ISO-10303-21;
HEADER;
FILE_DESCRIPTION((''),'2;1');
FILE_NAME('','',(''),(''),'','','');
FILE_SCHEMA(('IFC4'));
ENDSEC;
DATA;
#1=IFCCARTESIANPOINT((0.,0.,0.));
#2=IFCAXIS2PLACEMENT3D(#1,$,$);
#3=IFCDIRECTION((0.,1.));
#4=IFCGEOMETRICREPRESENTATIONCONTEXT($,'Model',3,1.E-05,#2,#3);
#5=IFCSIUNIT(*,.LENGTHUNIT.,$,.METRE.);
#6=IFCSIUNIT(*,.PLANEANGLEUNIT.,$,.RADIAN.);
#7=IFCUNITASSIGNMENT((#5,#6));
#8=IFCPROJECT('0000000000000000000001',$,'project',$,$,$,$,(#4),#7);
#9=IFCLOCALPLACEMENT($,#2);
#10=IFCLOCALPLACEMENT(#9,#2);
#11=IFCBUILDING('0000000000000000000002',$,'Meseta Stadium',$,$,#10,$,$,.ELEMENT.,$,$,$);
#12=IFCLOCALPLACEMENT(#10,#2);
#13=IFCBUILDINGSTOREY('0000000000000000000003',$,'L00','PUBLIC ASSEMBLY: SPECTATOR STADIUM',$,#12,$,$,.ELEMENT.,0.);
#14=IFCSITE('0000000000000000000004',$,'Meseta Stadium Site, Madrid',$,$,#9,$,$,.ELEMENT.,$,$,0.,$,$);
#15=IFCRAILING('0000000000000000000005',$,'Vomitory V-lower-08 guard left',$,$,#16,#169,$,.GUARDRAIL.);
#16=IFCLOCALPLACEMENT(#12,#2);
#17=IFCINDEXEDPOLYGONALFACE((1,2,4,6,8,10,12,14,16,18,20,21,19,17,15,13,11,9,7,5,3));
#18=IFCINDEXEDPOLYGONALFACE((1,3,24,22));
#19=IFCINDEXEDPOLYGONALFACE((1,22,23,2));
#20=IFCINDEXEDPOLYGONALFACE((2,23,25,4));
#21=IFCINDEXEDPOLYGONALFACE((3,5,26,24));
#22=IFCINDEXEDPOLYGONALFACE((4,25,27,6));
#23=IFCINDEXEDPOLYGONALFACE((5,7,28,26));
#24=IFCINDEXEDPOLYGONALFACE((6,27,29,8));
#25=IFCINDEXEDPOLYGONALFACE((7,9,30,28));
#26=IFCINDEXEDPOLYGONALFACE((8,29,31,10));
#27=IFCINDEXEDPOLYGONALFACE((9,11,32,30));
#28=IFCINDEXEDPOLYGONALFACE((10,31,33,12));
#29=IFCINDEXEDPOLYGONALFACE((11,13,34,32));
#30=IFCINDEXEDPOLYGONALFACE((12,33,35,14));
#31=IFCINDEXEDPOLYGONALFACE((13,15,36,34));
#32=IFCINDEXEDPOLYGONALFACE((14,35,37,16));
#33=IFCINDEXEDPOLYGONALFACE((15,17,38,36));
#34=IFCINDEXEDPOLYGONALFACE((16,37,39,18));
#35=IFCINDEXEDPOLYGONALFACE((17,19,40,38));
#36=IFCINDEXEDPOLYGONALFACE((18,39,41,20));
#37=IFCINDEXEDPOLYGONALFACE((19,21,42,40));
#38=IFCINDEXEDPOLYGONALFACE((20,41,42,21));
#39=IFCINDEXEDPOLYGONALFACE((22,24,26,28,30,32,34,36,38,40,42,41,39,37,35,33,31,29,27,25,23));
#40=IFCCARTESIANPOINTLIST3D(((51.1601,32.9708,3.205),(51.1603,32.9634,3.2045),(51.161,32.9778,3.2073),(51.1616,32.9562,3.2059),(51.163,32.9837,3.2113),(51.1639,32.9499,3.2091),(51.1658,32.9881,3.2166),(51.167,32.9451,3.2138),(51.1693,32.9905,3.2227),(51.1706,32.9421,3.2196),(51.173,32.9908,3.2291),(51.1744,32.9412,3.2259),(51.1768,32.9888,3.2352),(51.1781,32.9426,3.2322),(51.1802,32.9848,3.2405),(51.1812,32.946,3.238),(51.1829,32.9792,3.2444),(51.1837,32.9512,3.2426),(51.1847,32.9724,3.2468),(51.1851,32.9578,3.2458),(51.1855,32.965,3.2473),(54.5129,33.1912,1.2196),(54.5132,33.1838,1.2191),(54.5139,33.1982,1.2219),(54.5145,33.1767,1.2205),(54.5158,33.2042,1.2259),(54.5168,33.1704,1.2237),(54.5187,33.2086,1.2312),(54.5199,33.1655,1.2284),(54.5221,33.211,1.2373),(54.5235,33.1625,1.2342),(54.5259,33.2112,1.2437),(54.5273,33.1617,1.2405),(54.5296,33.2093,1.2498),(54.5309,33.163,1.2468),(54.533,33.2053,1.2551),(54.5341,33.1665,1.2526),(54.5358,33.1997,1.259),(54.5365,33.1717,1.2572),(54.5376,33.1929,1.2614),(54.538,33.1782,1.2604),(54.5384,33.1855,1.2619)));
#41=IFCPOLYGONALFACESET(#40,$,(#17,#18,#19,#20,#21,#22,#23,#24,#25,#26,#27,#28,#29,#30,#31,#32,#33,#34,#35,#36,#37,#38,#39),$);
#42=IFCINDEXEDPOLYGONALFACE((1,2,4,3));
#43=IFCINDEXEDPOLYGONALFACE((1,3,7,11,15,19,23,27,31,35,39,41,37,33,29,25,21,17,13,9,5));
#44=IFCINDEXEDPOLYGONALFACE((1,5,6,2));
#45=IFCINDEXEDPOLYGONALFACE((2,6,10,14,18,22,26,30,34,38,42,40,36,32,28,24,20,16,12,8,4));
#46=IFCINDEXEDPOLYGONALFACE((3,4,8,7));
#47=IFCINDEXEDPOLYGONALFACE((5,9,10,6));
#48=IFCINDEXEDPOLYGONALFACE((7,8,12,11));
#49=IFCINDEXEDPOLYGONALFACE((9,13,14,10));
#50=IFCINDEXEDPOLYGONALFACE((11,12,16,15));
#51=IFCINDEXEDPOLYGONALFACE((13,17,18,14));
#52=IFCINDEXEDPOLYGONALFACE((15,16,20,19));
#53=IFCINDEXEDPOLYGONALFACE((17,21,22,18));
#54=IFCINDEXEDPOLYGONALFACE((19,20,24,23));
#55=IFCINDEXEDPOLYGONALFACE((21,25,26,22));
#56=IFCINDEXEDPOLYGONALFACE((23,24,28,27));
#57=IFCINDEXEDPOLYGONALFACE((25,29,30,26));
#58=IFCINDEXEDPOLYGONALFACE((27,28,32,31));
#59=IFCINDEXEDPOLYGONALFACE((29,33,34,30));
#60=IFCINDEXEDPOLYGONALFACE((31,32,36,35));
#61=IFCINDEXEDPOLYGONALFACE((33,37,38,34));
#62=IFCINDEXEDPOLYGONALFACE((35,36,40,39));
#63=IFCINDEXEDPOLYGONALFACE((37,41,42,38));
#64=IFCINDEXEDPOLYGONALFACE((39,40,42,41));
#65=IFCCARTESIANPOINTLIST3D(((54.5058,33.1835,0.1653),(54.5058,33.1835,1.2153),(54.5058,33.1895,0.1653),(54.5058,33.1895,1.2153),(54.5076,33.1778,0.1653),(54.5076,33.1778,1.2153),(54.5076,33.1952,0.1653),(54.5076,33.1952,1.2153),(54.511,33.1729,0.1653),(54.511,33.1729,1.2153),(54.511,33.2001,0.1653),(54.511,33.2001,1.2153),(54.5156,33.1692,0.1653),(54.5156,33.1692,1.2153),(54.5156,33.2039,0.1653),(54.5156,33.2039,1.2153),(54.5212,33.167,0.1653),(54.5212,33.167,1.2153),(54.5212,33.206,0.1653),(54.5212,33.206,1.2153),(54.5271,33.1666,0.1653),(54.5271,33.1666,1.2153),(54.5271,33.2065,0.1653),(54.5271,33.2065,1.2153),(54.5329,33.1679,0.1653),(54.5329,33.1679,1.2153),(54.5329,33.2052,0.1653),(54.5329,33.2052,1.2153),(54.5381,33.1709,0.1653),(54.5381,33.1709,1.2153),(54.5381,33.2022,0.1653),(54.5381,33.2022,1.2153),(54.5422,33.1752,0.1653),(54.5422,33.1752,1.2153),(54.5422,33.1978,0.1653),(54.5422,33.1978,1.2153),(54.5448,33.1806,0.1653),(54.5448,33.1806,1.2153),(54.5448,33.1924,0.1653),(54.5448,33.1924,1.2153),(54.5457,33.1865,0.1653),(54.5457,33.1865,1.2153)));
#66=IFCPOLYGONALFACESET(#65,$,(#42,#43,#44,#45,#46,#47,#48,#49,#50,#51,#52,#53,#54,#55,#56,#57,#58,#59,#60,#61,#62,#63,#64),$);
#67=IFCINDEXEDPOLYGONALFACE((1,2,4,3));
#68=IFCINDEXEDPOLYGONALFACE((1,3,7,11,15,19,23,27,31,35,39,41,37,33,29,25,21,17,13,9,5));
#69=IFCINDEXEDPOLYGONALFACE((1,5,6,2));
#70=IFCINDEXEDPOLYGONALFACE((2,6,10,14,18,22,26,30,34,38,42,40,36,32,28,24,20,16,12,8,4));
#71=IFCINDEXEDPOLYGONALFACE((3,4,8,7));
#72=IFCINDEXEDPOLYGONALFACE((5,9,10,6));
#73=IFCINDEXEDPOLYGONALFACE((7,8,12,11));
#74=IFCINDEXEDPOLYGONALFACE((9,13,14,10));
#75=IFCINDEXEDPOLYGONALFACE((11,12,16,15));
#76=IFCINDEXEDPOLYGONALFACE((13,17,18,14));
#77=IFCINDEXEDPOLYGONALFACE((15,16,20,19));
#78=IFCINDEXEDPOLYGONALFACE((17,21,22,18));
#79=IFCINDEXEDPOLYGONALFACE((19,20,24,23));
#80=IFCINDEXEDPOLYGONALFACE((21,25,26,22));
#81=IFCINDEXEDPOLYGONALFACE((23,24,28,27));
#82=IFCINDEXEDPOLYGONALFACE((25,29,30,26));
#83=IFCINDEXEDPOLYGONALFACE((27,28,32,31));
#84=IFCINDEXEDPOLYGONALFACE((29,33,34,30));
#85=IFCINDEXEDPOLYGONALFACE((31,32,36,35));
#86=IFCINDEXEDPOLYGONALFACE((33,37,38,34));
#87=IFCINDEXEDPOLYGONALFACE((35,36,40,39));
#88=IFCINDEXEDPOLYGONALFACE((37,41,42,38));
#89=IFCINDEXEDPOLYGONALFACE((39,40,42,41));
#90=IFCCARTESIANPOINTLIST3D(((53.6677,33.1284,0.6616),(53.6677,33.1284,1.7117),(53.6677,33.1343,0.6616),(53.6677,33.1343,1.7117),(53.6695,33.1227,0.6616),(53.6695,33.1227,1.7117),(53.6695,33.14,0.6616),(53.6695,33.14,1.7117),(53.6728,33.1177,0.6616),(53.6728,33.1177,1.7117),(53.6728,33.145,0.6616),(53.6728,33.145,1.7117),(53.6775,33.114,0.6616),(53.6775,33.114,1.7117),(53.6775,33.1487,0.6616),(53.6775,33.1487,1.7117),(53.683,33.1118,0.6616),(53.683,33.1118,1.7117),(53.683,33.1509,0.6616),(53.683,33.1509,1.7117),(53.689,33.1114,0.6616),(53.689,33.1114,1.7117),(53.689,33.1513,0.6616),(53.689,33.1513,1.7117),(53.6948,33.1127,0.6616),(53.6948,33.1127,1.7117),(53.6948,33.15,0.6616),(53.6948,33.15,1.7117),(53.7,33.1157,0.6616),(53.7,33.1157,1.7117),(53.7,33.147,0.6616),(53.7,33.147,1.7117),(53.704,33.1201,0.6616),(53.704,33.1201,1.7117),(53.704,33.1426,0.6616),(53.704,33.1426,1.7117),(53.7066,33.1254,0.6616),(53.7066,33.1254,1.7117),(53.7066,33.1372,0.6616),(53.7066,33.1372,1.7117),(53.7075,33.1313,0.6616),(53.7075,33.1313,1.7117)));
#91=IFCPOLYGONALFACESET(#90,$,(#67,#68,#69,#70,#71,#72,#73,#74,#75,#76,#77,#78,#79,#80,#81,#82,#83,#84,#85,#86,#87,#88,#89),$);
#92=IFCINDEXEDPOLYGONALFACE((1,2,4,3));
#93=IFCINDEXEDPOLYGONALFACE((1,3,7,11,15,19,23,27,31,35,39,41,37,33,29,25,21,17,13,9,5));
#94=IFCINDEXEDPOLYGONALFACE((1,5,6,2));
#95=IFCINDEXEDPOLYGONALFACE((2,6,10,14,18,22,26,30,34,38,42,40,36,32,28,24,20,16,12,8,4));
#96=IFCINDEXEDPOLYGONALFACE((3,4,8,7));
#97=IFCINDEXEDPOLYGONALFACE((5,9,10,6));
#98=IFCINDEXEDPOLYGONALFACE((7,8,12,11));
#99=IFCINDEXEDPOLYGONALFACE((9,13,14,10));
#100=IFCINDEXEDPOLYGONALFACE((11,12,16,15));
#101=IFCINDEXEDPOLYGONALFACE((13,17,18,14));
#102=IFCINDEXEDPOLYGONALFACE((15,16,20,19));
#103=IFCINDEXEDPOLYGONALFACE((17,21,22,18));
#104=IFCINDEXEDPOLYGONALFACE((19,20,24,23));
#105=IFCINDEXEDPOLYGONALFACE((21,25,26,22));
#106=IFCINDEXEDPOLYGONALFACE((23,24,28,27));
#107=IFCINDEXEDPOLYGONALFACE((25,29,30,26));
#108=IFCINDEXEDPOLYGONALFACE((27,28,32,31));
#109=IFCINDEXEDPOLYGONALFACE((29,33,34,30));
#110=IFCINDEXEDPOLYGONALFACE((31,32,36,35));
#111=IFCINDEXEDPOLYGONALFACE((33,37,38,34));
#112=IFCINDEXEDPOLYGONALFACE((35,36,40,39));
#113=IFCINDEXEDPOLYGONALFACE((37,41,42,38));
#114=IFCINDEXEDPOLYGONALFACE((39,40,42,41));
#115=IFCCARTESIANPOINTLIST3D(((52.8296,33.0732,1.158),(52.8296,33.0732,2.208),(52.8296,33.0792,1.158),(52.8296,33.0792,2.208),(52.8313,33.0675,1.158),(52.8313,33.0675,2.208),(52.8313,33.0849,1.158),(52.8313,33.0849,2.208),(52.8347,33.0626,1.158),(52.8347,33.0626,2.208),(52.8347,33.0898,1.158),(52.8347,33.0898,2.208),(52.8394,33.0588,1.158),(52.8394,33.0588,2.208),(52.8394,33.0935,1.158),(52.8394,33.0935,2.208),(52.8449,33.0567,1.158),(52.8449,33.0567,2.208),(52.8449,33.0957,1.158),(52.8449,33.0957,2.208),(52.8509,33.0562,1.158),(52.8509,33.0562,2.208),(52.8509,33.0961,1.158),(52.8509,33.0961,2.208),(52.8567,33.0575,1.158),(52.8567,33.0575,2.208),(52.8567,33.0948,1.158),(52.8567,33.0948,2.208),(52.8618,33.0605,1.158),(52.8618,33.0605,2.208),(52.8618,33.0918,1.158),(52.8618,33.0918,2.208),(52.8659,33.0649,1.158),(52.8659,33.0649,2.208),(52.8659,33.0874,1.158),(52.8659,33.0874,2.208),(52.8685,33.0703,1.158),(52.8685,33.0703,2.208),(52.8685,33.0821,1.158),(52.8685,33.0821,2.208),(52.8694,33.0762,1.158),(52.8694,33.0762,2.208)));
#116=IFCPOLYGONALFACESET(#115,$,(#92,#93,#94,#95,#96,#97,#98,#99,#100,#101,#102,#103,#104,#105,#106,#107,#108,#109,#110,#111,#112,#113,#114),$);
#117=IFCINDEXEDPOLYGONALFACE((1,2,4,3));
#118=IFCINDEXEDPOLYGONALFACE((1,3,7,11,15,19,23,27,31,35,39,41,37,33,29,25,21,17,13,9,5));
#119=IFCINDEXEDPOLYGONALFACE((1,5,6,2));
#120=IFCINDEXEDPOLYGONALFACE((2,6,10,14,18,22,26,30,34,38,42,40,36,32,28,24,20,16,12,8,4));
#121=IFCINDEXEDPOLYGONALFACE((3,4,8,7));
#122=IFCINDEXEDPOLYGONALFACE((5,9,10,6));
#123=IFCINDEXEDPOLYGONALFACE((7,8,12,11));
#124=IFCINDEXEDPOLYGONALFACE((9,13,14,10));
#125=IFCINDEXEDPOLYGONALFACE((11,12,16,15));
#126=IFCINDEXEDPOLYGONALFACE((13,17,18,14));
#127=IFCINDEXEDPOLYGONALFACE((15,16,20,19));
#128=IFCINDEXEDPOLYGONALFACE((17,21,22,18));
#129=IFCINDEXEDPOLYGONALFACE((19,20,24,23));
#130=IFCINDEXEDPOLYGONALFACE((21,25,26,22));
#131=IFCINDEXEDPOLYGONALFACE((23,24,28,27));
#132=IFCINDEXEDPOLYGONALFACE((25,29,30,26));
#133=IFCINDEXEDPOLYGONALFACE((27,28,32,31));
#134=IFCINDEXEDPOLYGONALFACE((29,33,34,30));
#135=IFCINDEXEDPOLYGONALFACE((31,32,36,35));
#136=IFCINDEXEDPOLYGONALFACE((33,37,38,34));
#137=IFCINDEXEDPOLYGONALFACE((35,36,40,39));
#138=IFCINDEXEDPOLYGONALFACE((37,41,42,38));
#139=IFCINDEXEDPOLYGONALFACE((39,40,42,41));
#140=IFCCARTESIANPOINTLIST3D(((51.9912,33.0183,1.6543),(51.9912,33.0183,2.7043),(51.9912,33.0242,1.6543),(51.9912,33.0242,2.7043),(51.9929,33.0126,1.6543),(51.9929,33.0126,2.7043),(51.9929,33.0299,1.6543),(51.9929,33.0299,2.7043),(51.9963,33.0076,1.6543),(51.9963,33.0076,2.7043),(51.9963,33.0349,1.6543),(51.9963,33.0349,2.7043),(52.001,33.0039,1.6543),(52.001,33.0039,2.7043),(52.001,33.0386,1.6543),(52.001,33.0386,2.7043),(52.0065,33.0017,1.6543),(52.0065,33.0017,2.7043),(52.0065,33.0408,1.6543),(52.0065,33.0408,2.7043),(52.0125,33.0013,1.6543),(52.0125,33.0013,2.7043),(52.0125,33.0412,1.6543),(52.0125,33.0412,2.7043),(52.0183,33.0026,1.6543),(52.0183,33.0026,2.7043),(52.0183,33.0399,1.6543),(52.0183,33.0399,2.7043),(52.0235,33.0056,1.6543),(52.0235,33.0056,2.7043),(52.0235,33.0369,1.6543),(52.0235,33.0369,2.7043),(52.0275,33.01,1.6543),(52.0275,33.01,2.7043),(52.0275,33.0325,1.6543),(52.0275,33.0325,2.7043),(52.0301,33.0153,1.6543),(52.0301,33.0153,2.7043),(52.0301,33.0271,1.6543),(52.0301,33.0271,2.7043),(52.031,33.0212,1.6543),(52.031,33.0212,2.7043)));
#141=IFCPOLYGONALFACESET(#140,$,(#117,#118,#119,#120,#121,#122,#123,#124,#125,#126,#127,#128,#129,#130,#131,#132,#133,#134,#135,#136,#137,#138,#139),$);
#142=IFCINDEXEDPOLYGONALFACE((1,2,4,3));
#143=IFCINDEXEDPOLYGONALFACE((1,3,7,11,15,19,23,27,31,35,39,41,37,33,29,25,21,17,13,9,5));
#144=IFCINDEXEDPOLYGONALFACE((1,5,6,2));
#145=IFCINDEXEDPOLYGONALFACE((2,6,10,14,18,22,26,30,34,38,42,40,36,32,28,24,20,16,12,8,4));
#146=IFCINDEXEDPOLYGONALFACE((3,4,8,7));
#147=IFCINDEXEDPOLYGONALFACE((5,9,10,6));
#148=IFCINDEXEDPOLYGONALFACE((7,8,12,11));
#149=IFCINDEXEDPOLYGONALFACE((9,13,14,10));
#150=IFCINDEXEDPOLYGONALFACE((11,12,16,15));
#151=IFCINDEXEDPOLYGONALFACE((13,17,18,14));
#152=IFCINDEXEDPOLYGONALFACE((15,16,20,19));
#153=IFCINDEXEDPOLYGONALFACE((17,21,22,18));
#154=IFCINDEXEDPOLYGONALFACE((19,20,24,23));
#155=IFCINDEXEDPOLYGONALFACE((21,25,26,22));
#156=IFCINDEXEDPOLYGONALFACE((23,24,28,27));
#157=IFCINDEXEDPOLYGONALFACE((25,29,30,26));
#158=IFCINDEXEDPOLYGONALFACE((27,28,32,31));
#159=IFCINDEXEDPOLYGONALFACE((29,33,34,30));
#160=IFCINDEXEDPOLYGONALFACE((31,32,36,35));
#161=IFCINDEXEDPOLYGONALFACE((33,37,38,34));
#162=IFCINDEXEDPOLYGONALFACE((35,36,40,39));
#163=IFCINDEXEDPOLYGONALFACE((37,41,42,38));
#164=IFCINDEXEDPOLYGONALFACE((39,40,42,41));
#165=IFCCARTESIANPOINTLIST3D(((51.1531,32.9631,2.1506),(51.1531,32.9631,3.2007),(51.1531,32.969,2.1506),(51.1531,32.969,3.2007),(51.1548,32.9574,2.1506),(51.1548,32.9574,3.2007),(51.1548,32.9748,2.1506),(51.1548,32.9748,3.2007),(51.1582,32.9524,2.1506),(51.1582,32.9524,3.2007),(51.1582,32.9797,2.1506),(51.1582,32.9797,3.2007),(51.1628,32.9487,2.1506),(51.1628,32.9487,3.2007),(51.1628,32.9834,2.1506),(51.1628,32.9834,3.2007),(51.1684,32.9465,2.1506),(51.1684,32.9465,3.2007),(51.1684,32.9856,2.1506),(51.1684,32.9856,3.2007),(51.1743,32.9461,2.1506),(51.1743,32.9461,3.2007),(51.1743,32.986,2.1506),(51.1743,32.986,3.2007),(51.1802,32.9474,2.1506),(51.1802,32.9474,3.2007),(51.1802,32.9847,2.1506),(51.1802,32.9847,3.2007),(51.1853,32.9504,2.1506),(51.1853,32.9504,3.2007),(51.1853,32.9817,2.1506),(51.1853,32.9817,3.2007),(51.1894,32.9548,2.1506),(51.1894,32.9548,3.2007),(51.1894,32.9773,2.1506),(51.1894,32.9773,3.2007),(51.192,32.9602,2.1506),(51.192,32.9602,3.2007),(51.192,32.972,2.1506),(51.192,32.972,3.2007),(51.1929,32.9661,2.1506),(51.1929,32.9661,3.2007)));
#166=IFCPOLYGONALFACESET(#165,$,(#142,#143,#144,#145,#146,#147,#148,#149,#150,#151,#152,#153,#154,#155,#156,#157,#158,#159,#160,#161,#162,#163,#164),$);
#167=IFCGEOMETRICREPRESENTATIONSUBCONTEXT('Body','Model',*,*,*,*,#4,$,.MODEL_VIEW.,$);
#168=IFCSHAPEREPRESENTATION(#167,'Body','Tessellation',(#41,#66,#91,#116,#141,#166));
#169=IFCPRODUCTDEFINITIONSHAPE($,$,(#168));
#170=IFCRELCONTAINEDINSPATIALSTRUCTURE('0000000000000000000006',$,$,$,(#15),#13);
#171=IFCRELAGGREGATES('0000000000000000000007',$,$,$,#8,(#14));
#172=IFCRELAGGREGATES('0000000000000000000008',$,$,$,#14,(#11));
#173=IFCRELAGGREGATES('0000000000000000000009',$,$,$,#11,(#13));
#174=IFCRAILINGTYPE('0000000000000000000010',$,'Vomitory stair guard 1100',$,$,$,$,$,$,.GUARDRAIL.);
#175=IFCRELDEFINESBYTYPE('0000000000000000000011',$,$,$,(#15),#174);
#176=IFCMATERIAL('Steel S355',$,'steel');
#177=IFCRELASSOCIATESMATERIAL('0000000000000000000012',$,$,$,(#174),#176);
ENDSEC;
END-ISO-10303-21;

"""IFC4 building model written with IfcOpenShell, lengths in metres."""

from ifc_helpers import new_model, si_unit, direction, frame, origin, origin_2d, place, context, subcontext, project, spatial, circle, extrude, material, type_object, element, save


model = new_model("IFC4")

# Units and contexts
model_context = context("Model", 3, precision=1e-05, world=origin(), true_north=direction((0.0, 1.0)))
body_context = subcontext(model_context, "Body", "Model", "MODEL_VIEW")
ifc_project = project(units=[si_unit("LENGTHUNIT", "METRE"), si_unit("PLANEANGLEUNIT", "RADIAN")], contexts=[model_context])

# Site, building, storey
site_placement = place(None, origin())
site = spatial("IfcSite", under=ifc_project, at=site_placement, Name="Meseta Stadium Site, Madrid", CompositionType="ELEMENT", RefElevation=0.0)
building_placement = place(site_placement, origin())
building = spatial("IfcBuilding", under=site, at=building_placement, Name="Meseta Stadium", CompositionType="ELEMENT")
storey_placement = place(building_placement, origin())
storey = spatial("IfcBuildingStorey", under=building, at=storey_placement, Name="L00", Description="PUBLIC ASSEMBLY: SPECTATOR STADIUM", CompositionType="ELEMENT", Elevation=0.0)

# Railing
ifc_material_1 = material(Name="Steel S355", Category="steel")
railing_type_1 = type_object("IfcRailingType", Name="Vomitory stair guard 1100", PredefinedType="GUARDRAIL", material=ifc_material_1)
for number, where, name in (
    (1, (54.5256, 33.1865, 0.1653), "Vomitory V-lower-08 guard left"),
):
    element("IfcRailing", number, at=place(storey_placement, frame(where)), inside=storey, type_object=railing_type_1, Name=name, PredefinedType="GUARDRAIL", context=body_context, shape_type="SweptSolid", body=[
        extrude(circle(Radius=0.0249, at=origin_2d()), frame((0.0, 0.0, 1.0752), z_axis=(-0.859084, -0.056488, 0.508707), x_axis=(0.065612, -0.997845, 0.0)), (0.0, 0.0, 1.0), 3.9028),
        extrude(circle(Radius=0.02, at=origin_2d()), origin(), (0.0, 0.0, 1.0), 1.05),
        extrude(circle(Radius=0.02, at=origin_2d()), frame((-0.8381, -0.0552, 0.4963)), (0.0, 0.0, 1.0), 1.05),
        extrude(circle(Radius=0.02, at=origin_2d()), frame((-1.6763, -0.1104, 0.9927)), (0.0, 0.0, 1.0), 1.05),
        extrude(circle(Radius=0.02, at=origin_2d()), frame((-2.5146, -0.1653, 1.489)), (0.0, 0.0, 1.0), 1.05),
        extrude(circle(Radius=0.02, at=origin_2d()), frame((-3.3528, -0.2205, 1.9854)), (0.0, 0.0, 1.0), 1.05),
    ])

save(model, "model.ifc")
